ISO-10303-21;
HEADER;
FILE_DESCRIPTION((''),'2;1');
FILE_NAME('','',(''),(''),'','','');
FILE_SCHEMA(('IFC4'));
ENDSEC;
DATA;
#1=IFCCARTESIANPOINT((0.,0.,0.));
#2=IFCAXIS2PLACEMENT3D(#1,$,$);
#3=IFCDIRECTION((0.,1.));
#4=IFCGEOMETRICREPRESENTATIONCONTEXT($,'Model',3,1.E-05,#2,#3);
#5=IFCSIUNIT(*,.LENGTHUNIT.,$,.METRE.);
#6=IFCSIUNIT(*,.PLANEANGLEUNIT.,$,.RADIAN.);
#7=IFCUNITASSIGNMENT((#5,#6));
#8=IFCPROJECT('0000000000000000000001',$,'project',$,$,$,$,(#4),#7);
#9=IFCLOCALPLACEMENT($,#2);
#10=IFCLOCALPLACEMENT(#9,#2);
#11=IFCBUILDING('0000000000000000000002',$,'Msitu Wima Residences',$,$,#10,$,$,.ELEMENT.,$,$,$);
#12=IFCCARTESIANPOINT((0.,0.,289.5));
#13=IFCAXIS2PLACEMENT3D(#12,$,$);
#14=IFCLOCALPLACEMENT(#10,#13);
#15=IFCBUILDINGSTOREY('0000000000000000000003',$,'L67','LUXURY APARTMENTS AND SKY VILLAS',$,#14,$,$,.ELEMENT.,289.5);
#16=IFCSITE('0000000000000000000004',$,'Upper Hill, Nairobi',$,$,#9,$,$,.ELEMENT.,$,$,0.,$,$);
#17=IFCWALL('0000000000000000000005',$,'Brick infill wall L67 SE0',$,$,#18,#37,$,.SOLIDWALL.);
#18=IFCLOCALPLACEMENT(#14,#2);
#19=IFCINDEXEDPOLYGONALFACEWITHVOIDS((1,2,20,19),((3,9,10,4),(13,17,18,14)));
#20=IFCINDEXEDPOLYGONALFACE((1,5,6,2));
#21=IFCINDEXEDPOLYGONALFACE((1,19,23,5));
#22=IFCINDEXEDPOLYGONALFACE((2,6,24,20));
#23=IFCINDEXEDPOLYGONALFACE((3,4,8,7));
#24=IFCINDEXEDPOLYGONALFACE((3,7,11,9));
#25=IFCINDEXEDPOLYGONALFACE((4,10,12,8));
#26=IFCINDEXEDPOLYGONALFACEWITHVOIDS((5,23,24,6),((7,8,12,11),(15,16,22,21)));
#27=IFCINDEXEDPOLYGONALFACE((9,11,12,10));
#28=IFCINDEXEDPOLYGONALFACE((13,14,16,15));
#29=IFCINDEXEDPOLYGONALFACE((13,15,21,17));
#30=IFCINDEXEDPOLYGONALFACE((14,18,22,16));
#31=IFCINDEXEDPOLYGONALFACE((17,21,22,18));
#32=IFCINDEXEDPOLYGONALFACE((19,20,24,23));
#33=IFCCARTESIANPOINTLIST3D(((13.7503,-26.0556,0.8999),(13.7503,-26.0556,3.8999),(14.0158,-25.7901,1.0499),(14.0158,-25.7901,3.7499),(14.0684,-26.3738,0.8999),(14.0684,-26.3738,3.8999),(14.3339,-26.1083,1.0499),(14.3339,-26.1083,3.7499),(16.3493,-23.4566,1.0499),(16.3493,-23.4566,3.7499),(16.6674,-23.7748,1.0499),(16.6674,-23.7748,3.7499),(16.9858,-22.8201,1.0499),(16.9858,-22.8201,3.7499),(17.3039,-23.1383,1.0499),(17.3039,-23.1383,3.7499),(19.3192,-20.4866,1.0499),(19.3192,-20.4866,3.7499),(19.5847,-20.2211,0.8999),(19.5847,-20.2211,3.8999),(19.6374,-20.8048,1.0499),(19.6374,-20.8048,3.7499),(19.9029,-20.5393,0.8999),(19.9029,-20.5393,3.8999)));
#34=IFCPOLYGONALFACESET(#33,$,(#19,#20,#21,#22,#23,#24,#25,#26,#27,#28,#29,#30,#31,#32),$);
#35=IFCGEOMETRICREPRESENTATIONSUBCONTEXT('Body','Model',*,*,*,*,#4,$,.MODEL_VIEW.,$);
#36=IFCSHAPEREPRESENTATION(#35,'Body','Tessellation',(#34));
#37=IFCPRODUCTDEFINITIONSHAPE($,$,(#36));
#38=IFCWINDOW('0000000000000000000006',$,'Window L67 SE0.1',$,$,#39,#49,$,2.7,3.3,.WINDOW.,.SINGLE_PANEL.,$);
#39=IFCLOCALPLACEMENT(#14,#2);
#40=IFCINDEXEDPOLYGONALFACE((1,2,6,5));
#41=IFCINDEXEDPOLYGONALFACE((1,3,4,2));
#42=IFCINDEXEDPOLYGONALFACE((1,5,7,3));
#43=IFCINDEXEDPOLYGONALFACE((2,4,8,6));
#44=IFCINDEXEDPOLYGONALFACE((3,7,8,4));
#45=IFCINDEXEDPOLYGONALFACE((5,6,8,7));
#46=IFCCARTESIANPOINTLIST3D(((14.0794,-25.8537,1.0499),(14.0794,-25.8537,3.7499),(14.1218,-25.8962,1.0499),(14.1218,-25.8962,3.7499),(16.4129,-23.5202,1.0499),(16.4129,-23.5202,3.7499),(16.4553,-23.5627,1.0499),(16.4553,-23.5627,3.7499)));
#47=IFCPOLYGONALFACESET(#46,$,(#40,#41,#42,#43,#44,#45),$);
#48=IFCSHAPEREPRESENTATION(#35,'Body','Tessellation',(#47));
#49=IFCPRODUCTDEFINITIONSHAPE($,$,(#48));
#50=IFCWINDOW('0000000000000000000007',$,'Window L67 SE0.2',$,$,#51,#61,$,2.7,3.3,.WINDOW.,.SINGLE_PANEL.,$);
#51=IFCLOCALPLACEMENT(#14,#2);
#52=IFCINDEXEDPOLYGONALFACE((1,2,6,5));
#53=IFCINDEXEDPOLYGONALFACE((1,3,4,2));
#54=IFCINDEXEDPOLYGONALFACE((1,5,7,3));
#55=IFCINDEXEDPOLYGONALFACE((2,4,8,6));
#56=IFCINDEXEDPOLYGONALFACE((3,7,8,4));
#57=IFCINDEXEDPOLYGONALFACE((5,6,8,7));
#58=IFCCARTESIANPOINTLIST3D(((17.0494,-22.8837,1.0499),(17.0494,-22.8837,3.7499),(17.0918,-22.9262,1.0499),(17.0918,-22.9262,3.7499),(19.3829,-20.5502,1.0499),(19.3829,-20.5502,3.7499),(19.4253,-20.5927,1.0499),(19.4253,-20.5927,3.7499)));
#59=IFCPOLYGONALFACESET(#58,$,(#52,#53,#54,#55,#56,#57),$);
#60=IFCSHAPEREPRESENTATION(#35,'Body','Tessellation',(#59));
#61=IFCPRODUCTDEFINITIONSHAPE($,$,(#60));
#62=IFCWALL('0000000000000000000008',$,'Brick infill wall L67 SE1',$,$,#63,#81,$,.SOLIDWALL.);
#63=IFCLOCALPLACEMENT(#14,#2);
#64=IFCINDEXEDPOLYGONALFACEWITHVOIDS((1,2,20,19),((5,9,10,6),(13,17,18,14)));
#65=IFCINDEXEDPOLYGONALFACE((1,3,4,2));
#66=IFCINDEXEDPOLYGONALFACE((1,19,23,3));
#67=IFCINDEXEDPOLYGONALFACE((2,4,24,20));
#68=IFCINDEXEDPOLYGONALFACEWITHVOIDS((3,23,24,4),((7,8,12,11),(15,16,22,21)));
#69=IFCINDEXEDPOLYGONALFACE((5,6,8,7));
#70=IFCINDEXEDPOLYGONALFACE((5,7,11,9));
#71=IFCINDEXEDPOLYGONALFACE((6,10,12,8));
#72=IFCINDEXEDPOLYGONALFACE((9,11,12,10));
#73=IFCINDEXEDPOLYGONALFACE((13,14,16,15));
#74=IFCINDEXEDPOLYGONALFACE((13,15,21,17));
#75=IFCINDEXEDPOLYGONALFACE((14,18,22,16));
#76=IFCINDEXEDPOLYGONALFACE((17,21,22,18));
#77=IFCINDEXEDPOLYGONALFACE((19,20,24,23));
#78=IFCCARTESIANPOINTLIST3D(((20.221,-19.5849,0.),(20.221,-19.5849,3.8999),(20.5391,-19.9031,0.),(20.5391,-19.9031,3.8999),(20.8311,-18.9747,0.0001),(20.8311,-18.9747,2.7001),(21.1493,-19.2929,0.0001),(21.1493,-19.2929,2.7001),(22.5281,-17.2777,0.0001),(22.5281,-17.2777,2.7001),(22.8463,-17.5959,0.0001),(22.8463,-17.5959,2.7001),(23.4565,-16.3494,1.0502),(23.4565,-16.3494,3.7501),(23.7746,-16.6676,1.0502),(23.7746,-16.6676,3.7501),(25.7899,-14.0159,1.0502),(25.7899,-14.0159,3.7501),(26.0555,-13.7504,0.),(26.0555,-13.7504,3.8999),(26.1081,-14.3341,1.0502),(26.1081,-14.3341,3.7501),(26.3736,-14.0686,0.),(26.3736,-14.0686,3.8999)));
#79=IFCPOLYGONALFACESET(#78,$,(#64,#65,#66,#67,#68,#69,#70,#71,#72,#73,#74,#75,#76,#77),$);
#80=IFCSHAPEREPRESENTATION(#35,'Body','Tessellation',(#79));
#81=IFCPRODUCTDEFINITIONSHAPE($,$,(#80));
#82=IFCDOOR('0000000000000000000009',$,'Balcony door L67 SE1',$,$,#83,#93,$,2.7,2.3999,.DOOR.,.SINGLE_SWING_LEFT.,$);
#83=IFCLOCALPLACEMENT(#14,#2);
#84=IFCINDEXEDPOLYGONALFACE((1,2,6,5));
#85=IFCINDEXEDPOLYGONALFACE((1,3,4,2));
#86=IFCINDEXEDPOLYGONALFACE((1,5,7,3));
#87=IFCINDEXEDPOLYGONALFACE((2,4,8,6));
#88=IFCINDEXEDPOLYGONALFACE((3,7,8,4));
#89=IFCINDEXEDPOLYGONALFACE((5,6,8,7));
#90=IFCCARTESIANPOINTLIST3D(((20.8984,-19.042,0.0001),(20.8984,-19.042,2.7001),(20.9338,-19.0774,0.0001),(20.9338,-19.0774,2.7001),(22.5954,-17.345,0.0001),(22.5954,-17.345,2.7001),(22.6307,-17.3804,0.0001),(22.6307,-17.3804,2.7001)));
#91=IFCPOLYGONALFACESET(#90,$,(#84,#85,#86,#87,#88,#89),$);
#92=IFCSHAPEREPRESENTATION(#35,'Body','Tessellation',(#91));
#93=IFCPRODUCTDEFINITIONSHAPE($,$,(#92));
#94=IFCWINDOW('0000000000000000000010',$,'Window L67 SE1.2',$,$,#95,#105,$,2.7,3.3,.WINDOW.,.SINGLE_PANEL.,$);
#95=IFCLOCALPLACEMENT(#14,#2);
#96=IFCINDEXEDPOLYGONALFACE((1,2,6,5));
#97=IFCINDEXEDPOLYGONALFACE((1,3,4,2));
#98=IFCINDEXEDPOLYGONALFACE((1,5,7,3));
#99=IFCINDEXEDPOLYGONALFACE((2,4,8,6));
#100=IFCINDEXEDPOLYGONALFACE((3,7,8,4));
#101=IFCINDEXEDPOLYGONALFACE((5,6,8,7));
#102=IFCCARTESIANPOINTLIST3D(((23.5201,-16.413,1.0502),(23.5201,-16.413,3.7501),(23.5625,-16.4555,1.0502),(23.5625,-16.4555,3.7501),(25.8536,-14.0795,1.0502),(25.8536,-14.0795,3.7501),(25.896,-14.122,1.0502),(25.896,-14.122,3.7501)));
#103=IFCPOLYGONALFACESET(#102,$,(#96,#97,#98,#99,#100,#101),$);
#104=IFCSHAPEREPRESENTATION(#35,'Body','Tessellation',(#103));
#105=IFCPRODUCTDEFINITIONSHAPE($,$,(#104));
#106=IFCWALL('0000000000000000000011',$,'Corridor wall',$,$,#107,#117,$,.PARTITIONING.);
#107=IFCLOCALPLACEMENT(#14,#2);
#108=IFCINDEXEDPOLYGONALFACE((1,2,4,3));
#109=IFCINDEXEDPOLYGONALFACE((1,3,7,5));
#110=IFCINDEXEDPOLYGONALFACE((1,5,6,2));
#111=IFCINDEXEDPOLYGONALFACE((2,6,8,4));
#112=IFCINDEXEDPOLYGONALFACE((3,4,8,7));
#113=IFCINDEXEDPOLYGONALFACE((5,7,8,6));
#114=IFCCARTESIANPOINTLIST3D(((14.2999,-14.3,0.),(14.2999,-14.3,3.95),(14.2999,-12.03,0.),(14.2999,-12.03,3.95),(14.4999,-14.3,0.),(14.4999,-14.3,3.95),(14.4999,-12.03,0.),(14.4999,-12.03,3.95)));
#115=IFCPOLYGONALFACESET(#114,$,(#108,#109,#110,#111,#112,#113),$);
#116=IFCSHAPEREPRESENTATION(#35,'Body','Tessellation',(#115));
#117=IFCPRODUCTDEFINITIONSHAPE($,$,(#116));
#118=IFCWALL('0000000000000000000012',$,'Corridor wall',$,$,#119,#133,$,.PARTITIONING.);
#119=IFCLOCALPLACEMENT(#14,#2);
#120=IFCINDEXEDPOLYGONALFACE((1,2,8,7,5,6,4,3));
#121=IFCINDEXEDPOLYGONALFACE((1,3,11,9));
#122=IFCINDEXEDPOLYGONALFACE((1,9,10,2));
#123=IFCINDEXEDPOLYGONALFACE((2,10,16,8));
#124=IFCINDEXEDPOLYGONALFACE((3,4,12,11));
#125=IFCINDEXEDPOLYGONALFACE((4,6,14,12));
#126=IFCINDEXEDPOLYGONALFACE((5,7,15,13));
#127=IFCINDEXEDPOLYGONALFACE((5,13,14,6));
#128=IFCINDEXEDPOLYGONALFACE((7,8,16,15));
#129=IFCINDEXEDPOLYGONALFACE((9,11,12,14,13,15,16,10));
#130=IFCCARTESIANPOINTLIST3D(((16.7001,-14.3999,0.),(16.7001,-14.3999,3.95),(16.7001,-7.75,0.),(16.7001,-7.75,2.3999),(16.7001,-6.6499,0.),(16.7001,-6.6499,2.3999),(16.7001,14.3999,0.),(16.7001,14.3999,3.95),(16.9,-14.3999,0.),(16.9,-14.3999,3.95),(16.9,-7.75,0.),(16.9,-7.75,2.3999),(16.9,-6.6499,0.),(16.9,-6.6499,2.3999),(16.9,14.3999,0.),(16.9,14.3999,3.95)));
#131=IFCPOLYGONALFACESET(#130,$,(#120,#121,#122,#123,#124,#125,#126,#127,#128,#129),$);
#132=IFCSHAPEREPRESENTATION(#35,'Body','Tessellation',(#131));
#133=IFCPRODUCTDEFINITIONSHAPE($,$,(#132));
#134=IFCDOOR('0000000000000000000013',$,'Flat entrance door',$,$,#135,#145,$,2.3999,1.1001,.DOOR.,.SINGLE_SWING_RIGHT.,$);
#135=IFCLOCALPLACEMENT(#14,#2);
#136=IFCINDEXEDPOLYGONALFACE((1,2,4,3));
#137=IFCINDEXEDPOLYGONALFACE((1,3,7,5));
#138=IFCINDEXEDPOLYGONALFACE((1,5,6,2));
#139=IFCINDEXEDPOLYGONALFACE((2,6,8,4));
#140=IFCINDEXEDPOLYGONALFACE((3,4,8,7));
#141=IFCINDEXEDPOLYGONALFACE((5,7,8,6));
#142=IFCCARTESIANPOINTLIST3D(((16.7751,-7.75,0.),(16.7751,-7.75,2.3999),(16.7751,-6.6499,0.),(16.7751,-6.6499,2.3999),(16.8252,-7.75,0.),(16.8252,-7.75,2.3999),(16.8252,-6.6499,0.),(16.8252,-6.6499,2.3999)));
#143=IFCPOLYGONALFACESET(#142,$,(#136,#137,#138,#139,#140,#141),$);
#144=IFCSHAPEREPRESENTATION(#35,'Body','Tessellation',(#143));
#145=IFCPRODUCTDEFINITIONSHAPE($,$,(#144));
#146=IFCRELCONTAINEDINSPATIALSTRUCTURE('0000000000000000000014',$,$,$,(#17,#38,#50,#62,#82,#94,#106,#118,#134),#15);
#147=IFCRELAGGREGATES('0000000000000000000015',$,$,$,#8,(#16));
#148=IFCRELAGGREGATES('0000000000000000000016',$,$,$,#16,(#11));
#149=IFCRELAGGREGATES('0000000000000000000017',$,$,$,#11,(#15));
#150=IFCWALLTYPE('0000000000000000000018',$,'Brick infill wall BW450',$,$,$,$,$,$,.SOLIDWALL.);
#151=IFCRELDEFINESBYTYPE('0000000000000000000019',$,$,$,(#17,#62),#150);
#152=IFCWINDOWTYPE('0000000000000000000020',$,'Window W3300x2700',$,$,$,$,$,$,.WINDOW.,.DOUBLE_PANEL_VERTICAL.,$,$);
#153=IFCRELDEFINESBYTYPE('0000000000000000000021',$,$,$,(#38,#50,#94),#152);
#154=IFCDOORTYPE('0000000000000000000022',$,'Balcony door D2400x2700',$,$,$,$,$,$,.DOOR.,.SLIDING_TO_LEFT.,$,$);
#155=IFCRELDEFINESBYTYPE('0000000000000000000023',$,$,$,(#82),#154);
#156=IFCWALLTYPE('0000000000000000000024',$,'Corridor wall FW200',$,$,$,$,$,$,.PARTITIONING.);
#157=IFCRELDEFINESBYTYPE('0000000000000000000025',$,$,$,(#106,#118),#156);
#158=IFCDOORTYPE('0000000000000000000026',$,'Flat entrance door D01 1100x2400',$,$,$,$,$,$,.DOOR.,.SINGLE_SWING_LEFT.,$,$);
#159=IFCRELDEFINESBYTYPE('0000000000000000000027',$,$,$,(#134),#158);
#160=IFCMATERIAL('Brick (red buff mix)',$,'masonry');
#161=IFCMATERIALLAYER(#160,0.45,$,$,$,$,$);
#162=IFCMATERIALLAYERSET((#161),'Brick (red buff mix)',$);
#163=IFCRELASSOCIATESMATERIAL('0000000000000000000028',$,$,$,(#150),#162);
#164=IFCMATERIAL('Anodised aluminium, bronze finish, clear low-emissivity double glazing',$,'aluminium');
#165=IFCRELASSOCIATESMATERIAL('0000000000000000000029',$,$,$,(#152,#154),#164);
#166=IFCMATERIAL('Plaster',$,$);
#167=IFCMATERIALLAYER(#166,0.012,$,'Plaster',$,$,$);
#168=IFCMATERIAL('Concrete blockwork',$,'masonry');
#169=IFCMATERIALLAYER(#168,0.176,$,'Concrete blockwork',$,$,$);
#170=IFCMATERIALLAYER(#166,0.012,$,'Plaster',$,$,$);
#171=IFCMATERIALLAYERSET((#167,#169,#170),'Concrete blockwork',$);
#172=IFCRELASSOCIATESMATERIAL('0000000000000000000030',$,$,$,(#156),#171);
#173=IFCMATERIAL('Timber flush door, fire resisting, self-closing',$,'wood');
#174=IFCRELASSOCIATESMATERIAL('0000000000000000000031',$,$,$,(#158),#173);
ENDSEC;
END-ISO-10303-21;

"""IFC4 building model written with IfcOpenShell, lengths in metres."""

from ifc_helpers import new_model, si_unit, direction, frame, frame_2d, origin, place, context, subcontext, project, spatial, rectangle, extrude, material, layer, layer_set, type_object, element, fill, save


model = new_model("IFC4")

# Units and contexts
model_context = context("Model", 3, precision=1e-05, world=origin(), true_north=direction((0.0, 1.0)))
body_context = subcontext(model_context, "Body", "Model", "MODEL_VIEW")
ifc_project = project(units=[si_unit("LENGTHUNIT", "METRE"), si_unit("PLANEANGLEUNIT", "RADIAN")], contexts=[model_context])

# Site, building, storey
site_placement = place(None, origin())
site = spatial("IfcSite", under=ifc_project, at=site_placement, Name="Upper Hill, Nairobi", CompositionType="ELEMENT", RefElevation=0.0)
building_placement = place(site_placement, origin())
building = spatial("IfcBuilding", under=site, at=building_placement, Name="Msitu Wima Residences", CompositionType="ELEMENT")
storey_placement = place(building_placement, frame((0.0, 0.0, 289.5)))
storey = spatial("IfcBuildingStorey", under=building, at=storey_placement, Name="L67", Description="LUXURY APARTMENTS AND SKY VILLAS", CompositionType="ELEMENT", Elevation=289.5)

# Wall, openings, windows
ifc_material_1 = material(Name="Brick (red buff mix)", Category="masonry")
ifc_layer_1 = layer(ifc_material_1, 0.45)
ifc_layer_set_1 = layer_set([ifc_layer_1], Name="Brick (red buff mix)")
wall_type_1 = type_object("IfcWallType", Name="Brick infill wall BW450", PredefinedType="SOLIDWALL", material=ifc_layer_set_1)
wall_1_placement = place(storey_placement, frame((13.9094, -26.2146, 0.8999), z_axis=(0.0, 0.0, 1.0), x_axis=(0.707107, 0.707107, 0.0)))
wall_1 = element("IfcWall", 1, at=wall_1_placement, inside=storey, type_object=wall_type_1, Name="Brick infill wall L67 SE0", PredefinedType="SOLIDWALL", context=body_context, shape_type="SweptSolid", body=[
    extrude(rectangle(XDim=8.2512, YDim=0.45, at=frame_2d((4.1255, 0.0))), origin(), (0.0, 0.0, 1.0), 3.0),
])
opening_1_placement = place(wall_1_placement, frame((0.3755, 0.0, 0.1499)))
opening_1 = element("IfcOpeningElement", 2, at=opening_1_placement, cuts=wall_1, PredefinedType="OPENING", context=body_context, shape_type="SweptSolid", body=[
    extrude(rectangle(XDim=3.3, YDim=2.7, at=frame_2d((1.6499, 1.3501))), frame((0.0, 0.2349, 0.0), z_axis=(0.0, -1.0, 0.0), x_axis=(1.0, 0.0, 0.0)), (0.0, 0.0, 1.0), 0.47),
])
opening_2_placement = place(wall_1_placement, frame((4.5757, 0.0, 0.1499)))
opening_2 = element("IfcOpeningElement", 3, at=opening_2_placement, cuts=wall_1, PredefinedType="OPENING", context=body_context, shape_type="SweptSolid", body=[
    extrude(rectangle(XDim=3.3, YDim=2.7, at=frame_2d((1.6499, 1.3501))), frame((0.0, 0.2349, 0.0), z_axis=(0.0, -1.0, 0.0), x_axis=(1.0, 0.0, 0.0)), (0.0, 0.0, 1.0), 0.47),
])
ifc_material_2 = material(Name="Anodised aluminium, bronze finish, clear low-emissivity double glazing", Category="aluminium")
window_type = type_object("IfcWindowType", Name="Window W3300x2700", PartitioningType="DOUBLE_PANEL_VERTICAL", PredefinedType="WINDOW", material=ifc_material_2)
window_1_placement = place(opening_1_placement, origin())
window_1 = element("IfcWindow", 4, at=window_1_placement, inside=storey, type_object=window_type, Name="Window L67 SE0.1", OverallHeight=2.7, OverallWidth=3.3, PartitioningType="SINGLE_PANEL", PredefinedType="WINDOW", context=body_context, shape_type="SweptSolid", body=[
    extrude(rectangle(XDim=3.3, YDim=2.7, at=frame_2d((1.6499, 1.3501))), frame((0.0, 0.135, 0.0), z_axis=(0.0, -1.0, 0.0), x_axis=(1.0, 0.0, 0.0)), (0.0, 0.0, 1.0), 0.0601),
])
fill(opening_1, window_1)
window_2_placement = place(opening_2_placement, origin())
window_2 = element("IfcWindow", 5, at=window_2_placement, inside=storey, type_object=window_type, Name="Window L67 SE0.2", OverallHeight=2.7, OverallWidth=3.3, PartitioningType="SINGLE_PANEL", PredefinedType="WINDOW", context=body_context, shape_type="SweptSolid", body=[
    extrude(rectangle(XDim=3.3, YDim=2.7, at=frame_2d((1.6499, 1.3501))), frame((0.0, 0.135, 0.0), z_axis=(0.0, -1.0, 0.0), x_axis=(1.0, 0.0, 0.0)), (0.0, 0.0, 1.0), 0.0601),
])
fill(opening_2, window_2)

# Wall, openings, door, window
wall_2_placement = place(storey_placement, frame((20.3801, -19.7439, 0.0), z_axis=(0.0, 0.0, 1.0), x_axis=(0.707107, 0.707107, 0.0)))
wall_2 = element("IfcWall", 6, at=wall_2_placement, inside=storey, type_object=wall_type_1, Name="Brick infill wall L67 SE1", PredefinedType="SOLIDWALL", context=body_context, shape_type="SweptSolid", body=[
    extrude(rectangle(XDim=8.2512, YDim=0.45, at=frame_2d((4.1255, 0.0))), origin(), (0.0, 0.0, 1.0), 3.8999),
])
opening_3_placement = place(wall_2_placement, frame((0.8628, 0.0, 0.0)))
opening_3 = element("IfcOpeningElement", 7, at=opening_3_placement, cuts=wall_2, PredefinedType="OPENING", context=body_context, shape_type="SweptSolid", body=[
    extrude(rectangle(XDim=2.3999, YDim=2.7, at=frame_2d((1.2, 1.3501))), frame((0.0, 0.2349, 0.0), z_axis=(0.0, -1.0, 0.0), x_axis=(1.0, 0.0, 0.0)), (0.0, 0.0, 1.0), 0.47),
])
opening_4_placement = place(wall_2_placement, frame((4.5757, 0.0, 1.05)))
opening_4 = element("IfcOpeningElement", 8, at=opening_4_placement, cuts=wall_2, PredefinedType="OPENING", context=body_context, shape_type="SweptSolid", body=[
    extrude(rectangle(XDim=3.3, YDim=2.7, at=frame_2d((1.6499, 1.3501))), frame((0.0, 0.2349, 0.0), z_axis=(0.0, -1.0, 0.0), x_axis=(1.0, 0.0, 0.0)), (0.0, 0.0, 1.0), 0.47),
])
door_type_1 = type_object("IfcDoorType", Name="Balcony door D2400x2700", OperationType="SLIDING_TO_LEFT", PredefinedType="DOOR", material=ifc_material_2)
door_1_placement = place(opening_3_placement, origin())
door_1 = element("IfcDoor", 9, at=door_1_placement, inside=storey, type_object=door_type_1, Name="Balcony door L67 SE1", OperationType="SINGLE_SWING_LEFT", OverallHeight=2.7, OverallWidth=2.3999, PredefinedType="DOOR", context=body_context, shape_type="SweptSolid", body=[
    extrude(rectangle(XDim=2.3999, YDim=2.7, at=frame_2d((1.2, 1.3501))), frame((0.0, 0.1299, 0.0), z_axis=(0.0, -1.0, 0.0), x_axis=(1.0, 0.0, 0.0)), (0.0, 0.0, 1.0), 0.05),
])
fill(opening_3, door_1)
window_3_placement = place(opening_4_placement, origin())
window_3 = element("IfcWindow", 10, at=window_3_placement, inside=storey, type_object=window_type, Name="Window L67 SE1.2", OverallHeight=2.7, OverallWidth=3.3, PartitioningType="SINGLE_PANEL", PredefinedType="WINDOW", context=body_context, shape_type="SweptSolid", body=[
    extrude(rectangle(XDim=3.3, YDim=2.7, at=frame_2d((1.6499, 1.3501))), frame((0.0, 0.135, 0.0), z_axis=(0.0, -1.0, 0.0), x_axis=(1.0, 0.0, 0.0)), (0.0, 0.0, 1.0), 0.0601),
])
fill(opening_4, window_3)

# Wall
ifc_material_3 = material(Name="Plaster")
ifc_layer_2 = layer(ifc_material_3, 0.012, Name="Plaster")
ifc_material_4 = material(Name="Concrete blockwork", Category="masonry")
ifc_layer_3 = layer(ifc_material_4, 0.176, Name="Concrete blockwork")
ifc_layer_4 = layer(ifc_material_3, 0.012, Name="Plaster")
ifc_layer_set_2 = layer_set([ifc_layer_2, ifc_layer_3, ifc_layer_4], Name="Concrete blockwork")
wall_type_2 = type_object("IfcWallType", Name="Corridor wall FW200", PredefinedType="PARTITIONING", material=ifc_layer_set_2)
wall_3_placement = place(storey_placement, frame((14.3999, -14.3, 0.0), z_axis=(0.0, 0.0, 1.0), x_axis=(0.0, 1.0, 0.0)))
element("IfcWall", 11, at=wall_3_placement, inside=storey, type_object=wall_type_2, Name="Corridor wall", PredefinedType="PARTITIONING", context=body_context, shape_type="SweptSolid", body=[
    extrude(rectangle(XDim=2.27, YDim=0.2, at=frame_2d((1.135, 0.0))), origin(), (0.0, 0.0, 1.0), 3.95),
])

# Wall, opening, door
ifc_material_5 = material(Name="Timber flush door, fire resisting, self-closing", Category="wood")
door_type_2 = type_object("IfcDoorType", Name="Flat entrance door D01 1100x2400", OperationType="SINGLE_SWING_LEFT", PredefinedType="DOOR", material=ifc_material_5)
wall_4_placement = place(storey_placement, frame((16.8, -14.3999, 0.0), z_axis=(0.0, 0.0, 1.0), x_axis=(0.0, 1.0, 0.0)))
wall_4 = element("IfcWall", 12, at=wall_4_placement, inside=storey, type_object=wall_type_2, Name="Corridor wall", PredefinedType="PARTITIONING", context=body_context, shape_type="SweptSolid", body=[
    extrude(rectangle(XDim=28.7998, YDim=0.2, at=frame_2d((14.3999, 0.0))), origin(), (0.0, 0.0, 1.0), 3.95),
])
opening_5_placement = place(wall_4_placement, frame((6.6499, 0.0, 0.0)))
opening_5 = element("IfcOpeningElement", 13, at=opening_5_placement, cuts=wall_4, PredefinedType="OPENING", context=body_context, shape_type="SweptSolid", body=[
    extrude(rectangle(XDim=1.1001, YDim=2.3999, at=frame_2d((0.55, 1.2))), frame((0.0, 0.1099, 0.0), z_axis=(0.0, -1.0, 0.0), x_axis=(1.0, 0.0, 0.0)), (0.0, 0.0, 1.0), 0.22),
])
door_2_placement = place(opening_5_placement, origin())
door_2 = element("IfcDoor", 14, at=door_2_placement, inside=storey, type_object=door_type_2, Name="Flat entrance door", OperationType="SINGLE_SWING_RIGHT", OverallHeight=2.3999, OverallWidth=1.1001, PredefinedType="DOOR", context=body_context, shape_type="SweptSolid", body=[
    extrude(rectangle(XDim=1.1001, YDim=2.3999, at=frame_2d((0.55, 1.2))), frame((0.0, 0.0249, 0.0), z_axis=(0.0, -1.0, 0.0), x_axis=(1.0, 0.0, 0.0)), (0.0, 0.0, 1.0), 0.05),
])
fill(opening_5, door_2)

save(model, "model.ifc")
